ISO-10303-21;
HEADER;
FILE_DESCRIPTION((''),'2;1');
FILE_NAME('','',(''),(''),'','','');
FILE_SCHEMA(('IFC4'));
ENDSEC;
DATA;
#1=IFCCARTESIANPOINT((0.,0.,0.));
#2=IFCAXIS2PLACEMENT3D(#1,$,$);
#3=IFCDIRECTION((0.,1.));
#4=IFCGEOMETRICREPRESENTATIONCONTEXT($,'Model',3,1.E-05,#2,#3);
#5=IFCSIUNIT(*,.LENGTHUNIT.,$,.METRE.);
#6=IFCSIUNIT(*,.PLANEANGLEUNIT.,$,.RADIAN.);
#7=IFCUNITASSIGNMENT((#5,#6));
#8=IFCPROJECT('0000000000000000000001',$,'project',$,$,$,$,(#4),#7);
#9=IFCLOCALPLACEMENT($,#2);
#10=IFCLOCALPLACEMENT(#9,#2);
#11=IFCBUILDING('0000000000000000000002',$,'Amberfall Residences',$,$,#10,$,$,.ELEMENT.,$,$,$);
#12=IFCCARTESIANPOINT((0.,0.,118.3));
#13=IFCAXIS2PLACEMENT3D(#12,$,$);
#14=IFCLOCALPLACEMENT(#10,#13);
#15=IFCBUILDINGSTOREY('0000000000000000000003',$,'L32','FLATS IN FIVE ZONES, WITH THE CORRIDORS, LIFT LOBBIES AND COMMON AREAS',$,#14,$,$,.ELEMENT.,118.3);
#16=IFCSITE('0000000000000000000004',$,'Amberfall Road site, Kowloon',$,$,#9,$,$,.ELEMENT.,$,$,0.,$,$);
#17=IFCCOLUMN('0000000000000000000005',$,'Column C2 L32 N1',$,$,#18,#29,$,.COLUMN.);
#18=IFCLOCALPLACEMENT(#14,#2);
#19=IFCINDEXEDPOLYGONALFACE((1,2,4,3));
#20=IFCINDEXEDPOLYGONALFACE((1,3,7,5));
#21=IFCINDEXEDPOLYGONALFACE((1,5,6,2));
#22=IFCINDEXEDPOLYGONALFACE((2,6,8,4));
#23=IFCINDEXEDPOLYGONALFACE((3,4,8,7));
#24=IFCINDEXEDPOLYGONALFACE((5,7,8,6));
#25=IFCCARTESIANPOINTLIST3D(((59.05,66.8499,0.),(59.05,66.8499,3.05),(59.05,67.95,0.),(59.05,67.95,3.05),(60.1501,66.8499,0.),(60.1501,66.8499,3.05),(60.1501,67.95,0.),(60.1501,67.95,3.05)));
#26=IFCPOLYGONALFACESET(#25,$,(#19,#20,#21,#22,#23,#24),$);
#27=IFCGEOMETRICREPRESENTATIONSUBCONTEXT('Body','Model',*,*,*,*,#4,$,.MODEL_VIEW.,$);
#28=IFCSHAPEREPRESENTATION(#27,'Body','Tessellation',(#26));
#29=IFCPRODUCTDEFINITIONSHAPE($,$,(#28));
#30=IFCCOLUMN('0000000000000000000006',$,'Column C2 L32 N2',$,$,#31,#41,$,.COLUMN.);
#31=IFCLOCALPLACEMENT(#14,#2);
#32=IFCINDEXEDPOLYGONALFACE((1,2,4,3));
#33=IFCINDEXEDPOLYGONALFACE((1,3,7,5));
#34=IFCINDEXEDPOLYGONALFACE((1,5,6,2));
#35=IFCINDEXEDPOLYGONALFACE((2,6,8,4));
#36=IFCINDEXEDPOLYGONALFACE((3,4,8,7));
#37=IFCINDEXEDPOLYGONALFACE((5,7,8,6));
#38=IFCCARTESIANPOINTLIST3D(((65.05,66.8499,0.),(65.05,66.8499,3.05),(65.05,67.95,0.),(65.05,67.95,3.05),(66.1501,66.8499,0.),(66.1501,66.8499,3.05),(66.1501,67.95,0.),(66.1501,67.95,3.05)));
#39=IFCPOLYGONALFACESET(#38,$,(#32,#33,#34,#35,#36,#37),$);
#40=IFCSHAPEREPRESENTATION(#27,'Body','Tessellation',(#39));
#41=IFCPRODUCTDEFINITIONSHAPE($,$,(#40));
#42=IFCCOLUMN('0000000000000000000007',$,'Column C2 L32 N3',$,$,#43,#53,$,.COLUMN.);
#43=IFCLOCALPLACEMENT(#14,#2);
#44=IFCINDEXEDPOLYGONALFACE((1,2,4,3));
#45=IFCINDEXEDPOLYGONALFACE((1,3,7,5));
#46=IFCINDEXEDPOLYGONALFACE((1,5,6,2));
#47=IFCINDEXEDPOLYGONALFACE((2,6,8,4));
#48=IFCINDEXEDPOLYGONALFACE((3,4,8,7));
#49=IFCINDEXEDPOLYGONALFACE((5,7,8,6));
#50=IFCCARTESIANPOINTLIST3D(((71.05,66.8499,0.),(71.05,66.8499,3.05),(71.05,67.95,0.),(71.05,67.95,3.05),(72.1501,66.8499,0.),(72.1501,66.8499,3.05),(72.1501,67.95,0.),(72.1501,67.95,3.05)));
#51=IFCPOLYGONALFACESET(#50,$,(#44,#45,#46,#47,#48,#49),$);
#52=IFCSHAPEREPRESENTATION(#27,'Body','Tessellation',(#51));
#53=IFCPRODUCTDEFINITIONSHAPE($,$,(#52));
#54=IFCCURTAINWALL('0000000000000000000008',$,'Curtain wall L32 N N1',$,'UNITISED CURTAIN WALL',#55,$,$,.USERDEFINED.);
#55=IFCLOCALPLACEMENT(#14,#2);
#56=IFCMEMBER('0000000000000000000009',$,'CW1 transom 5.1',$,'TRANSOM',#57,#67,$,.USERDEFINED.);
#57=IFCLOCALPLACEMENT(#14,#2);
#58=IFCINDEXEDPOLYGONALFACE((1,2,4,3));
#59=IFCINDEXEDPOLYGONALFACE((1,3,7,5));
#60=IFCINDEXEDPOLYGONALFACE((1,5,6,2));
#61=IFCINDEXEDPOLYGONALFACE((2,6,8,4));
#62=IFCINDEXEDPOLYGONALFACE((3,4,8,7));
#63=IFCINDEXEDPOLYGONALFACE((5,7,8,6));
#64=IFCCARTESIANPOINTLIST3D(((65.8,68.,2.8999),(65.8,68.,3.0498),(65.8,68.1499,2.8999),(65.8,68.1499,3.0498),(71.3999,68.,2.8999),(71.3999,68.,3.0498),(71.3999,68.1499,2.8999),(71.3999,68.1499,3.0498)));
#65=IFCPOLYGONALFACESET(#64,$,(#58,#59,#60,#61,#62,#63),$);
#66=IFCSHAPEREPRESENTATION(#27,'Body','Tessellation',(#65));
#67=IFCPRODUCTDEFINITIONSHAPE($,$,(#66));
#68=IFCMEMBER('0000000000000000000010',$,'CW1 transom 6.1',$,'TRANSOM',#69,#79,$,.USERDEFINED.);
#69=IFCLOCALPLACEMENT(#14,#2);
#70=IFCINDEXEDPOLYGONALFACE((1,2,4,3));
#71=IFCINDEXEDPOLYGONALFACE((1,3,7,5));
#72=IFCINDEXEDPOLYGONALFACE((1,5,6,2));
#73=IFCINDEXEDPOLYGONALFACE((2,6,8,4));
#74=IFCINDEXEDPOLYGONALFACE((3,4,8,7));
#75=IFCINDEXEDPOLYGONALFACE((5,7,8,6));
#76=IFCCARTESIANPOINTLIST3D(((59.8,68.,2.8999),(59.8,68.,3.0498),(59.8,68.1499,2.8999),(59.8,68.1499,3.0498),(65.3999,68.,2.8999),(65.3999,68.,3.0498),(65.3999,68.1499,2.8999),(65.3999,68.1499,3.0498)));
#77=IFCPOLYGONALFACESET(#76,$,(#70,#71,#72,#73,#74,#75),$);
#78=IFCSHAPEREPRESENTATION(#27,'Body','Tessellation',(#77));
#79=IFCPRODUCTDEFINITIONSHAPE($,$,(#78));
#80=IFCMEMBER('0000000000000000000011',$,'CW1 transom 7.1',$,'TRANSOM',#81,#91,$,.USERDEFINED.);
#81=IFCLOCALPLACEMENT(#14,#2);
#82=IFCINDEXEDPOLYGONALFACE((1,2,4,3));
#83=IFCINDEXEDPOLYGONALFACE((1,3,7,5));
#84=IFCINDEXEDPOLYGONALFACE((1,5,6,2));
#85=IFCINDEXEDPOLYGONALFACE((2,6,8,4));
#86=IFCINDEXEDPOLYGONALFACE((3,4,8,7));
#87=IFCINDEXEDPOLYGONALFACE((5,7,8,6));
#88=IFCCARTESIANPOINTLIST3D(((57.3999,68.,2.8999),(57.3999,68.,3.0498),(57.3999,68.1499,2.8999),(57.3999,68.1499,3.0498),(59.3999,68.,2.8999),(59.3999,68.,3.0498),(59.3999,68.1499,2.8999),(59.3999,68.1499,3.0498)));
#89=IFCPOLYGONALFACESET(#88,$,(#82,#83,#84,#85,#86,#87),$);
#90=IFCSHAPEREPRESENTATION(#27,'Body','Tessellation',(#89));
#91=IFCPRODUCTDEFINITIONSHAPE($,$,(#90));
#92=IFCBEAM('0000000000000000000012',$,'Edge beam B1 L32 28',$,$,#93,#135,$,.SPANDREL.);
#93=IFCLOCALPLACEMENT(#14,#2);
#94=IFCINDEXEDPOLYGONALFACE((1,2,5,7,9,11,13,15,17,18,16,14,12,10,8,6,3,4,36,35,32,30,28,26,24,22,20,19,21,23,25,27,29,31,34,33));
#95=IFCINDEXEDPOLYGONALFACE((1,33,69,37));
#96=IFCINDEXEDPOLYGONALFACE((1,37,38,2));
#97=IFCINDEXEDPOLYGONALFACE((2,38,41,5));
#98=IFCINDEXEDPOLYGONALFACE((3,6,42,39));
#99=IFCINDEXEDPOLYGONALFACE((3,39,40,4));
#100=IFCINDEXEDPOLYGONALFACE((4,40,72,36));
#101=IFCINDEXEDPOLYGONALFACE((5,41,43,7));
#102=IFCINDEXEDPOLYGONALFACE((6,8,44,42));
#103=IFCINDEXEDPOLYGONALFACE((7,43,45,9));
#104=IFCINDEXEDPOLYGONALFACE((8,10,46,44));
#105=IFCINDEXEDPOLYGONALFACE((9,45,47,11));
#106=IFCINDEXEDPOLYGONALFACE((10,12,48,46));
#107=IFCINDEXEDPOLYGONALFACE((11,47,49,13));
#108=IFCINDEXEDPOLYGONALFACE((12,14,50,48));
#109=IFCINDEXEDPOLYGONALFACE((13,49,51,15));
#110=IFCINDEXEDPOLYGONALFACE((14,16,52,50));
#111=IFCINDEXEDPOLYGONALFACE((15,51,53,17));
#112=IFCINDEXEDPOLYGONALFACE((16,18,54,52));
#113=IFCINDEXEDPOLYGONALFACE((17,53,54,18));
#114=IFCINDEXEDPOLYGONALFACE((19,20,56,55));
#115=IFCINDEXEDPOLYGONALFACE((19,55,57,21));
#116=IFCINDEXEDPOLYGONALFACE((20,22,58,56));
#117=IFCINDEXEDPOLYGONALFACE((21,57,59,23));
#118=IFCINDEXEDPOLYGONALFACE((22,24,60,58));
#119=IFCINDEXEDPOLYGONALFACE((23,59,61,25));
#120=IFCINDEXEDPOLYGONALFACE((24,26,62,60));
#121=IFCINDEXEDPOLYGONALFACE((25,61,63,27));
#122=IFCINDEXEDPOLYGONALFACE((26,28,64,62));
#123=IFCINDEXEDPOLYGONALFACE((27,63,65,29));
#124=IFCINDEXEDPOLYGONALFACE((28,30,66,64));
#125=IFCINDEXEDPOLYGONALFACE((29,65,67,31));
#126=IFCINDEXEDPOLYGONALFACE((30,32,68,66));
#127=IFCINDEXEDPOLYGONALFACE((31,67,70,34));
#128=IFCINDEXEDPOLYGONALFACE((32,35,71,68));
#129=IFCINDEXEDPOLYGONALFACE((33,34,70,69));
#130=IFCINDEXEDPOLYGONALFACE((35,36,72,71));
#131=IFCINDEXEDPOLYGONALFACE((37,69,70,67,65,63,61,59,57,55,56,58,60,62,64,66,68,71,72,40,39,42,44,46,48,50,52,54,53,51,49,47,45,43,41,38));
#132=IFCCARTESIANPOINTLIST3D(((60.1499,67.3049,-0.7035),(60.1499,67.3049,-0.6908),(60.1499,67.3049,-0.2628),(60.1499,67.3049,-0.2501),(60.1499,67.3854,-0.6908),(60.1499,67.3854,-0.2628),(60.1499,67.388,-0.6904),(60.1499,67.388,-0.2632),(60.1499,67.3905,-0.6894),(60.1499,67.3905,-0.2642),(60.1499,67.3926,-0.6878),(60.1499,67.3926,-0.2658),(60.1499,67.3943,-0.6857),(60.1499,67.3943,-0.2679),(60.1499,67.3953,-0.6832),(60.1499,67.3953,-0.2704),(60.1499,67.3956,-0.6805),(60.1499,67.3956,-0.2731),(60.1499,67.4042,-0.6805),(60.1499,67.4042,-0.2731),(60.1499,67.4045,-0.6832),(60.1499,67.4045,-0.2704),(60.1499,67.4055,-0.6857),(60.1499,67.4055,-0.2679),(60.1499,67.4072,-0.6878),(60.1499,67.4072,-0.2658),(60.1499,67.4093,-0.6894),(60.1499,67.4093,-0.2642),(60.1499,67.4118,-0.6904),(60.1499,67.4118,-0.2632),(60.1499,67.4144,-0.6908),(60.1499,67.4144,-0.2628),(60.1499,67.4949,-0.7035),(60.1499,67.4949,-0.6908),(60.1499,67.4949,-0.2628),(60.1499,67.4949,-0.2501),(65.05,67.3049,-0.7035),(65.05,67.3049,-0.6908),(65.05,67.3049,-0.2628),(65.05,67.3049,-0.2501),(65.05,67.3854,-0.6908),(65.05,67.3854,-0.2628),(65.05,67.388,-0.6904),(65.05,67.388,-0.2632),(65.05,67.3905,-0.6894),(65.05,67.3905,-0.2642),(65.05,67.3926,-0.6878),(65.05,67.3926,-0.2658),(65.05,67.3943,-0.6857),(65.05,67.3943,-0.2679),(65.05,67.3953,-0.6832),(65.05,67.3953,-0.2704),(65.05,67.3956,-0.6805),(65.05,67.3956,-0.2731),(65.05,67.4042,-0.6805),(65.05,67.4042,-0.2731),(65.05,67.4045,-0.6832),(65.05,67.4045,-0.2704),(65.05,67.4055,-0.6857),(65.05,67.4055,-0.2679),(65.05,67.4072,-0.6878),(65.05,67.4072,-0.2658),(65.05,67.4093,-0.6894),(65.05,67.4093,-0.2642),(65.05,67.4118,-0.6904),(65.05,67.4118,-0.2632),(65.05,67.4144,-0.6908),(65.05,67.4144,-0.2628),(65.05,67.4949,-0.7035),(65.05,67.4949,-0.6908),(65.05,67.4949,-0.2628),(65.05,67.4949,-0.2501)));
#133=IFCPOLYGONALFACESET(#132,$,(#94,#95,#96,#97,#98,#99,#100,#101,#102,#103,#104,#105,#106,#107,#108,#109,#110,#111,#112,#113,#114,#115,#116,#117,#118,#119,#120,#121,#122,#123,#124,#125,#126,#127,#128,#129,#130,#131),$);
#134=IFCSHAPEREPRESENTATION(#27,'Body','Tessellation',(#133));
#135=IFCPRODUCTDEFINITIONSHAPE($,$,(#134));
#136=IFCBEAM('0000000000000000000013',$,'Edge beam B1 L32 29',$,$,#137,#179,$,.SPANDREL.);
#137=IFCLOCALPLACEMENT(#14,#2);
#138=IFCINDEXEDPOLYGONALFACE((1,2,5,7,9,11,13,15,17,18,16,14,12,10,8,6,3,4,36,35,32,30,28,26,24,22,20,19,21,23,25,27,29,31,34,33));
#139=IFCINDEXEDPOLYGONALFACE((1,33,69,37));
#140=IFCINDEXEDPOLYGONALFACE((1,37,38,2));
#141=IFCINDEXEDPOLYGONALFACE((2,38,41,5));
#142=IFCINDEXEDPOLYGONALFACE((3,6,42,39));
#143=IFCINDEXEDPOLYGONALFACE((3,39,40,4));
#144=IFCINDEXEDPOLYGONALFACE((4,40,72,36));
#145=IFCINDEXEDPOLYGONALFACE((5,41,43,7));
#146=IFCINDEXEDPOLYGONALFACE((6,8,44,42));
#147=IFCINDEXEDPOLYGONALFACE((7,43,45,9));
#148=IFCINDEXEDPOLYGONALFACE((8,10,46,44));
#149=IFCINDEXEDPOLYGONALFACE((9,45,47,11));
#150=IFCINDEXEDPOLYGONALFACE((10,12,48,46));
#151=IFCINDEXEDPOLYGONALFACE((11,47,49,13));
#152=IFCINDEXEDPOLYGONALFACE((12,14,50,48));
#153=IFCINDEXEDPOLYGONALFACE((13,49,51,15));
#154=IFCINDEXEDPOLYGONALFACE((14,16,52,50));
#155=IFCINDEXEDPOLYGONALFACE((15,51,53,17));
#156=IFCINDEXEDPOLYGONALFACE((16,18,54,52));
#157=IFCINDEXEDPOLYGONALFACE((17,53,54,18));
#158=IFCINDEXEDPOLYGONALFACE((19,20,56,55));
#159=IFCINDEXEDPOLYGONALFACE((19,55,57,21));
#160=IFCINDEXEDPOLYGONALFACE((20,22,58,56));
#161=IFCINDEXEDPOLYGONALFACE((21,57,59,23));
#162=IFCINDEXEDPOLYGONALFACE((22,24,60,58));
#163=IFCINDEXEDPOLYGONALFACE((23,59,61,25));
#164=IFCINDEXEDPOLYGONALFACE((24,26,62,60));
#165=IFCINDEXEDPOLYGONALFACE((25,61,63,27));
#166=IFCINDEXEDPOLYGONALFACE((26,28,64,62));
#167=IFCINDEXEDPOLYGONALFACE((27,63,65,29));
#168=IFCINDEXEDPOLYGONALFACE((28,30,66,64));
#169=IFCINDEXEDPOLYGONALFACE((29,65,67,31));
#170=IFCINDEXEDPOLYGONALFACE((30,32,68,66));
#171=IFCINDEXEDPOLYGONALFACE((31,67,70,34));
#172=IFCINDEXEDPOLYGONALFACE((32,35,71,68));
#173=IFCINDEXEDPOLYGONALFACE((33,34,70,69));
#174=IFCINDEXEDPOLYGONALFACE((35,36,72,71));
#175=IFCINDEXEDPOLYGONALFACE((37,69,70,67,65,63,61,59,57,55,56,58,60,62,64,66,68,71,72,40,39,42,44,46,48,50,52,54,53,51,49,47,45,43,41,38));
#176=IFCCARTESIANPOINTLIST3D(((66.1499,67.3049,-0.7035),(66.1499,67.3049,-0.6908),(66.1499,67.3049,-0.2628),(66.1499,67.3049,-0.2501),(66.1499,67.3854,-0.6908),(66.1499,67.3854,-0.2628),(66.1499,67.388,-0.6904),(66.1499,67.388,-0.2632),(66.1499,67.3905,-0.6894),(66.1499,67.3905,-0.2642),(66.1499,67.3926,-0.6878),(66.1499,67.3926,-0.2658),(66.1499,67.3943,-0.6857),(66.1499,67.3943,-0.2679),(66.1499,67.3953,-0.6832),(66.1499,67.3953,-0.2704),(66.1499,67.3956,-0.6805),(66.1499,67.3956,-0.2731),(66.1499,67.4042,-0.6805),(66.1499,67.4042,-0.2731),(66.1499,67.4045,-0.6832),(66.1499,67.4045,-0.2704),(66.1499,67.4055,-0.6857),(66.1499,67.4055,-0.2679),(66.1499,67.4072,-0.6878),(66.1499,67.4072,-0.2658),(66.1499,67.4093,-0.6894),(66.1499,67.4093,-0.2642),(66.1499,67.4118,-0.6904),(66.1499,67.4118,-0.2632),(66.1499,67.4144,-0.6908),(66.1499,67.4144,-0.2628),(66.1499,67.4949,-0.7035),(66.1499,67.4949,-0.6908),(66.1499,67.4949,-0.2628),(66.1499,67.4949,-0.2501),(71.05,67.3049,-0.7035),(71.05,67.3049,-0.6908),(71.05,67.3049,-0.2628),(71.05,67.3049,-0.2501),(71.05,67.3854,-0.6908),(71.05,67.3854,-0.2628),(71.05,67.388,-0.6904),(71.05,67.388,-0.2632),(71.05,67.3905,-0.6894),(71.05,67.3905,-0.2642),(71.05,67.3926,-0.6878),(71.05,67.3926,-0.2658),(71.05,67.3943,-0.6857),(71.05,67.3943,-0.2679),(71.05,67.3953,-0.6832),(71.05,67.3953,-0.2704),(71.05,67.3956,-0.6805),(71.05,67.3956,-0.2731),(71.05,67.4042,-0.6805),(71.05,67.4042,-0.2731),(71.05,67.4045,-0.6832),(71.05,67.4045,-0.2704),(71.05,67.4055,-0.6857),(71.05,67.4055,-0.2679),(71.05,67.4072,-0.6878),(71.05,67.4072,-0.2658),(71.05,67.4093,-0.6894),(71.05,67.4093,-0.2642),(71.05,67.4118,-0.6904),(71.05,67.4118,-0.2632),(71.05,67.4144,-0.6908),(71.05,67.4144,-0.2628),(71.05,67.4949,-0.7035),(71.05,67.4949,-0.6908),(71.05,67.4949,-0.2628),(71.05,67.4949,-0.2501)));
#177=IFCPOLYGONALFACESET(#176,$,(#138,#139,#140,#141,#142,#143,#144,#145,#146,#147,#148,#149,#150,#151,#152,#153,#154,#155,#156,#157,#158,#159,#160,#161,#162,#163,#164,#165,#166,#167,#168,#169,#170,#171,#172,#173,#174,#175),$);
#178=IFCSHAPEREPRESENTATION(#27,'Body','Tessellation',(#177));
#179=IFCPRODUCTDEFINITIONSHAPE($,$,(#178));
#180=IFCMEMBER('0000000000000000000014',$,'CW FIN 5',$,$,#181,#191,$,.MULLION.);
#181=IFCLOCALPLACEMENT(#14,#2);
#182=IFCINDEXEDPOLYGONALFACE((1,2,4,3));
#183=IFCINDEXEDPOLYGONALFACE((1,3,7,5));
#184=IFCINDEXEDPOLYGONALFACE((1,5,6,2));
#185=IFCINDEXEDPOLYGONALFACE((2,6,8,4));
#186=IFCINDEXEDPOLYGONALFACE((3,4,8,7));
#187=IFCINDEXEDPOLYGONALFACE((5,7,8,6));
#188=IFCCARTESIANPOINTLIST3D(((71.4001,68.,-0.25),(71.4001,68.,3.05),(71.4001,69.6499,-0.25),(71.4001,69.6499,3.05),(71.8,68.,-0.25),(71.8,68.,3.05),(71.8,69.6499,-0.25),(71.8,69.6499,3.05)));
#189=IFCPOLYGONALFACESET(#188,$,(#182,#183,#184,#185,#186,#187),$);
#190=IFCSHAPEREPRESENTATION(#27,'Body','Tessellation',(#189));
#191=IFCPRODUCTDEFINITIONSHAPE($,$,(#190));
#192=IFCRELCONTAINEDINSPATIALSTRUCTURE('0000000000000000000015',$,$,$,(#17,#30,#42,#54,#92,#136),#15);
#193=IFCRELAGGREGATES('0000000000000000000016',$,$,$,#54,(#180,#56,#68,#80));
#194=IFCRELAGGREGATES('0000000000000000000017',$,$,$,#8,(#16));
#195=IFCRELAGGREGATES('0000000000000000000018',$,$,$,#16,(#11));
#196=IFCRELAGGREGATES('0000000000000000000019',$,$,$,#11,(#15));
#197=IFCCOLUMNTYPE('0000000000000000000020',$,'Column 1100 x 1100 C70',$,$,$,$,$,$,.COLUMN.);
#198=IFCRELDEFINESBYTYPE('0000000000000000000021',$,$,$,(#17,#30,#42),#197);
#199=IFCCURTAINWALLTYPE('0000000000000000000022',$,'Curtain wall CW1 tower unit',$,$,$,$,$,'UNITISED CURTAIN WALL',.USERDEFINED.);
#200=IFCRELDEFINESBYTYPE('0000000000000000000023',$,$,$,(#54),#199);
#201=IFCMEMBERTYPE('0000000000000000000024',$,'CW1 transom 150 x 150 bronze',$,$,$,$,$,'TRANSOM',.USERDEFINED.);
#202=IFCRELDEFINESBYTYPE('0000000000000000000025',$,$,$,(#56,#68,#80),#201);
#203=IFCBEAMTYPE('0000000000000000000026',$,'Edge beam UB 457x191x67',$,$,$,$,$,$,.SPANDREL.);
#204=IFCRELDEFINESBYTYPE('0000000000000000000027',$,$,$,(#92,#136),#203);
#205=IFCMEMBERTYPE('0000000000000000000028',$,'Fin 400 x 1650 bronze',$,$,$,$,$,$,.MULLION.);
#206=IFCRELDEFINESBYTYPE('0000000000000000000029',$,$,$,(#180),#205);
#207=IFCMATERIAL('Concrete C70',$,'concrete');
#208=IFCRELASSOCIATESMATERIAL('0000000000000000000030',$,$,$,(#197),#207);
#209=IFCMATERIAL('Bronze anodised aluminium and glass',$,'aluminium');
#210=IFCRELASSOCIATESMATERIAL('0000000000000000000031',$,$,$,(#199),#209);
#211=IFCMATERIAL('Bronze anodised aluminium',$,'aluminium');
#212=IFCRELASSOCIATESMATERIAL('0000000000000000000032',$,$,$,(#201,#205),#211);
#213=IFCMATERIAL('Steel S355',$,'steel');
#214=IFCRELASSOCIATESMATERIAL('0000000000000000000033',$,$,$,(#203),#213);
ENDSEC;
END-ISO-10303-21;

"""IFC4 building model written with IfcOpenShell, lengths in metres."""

from ifc_helpers import new_model, si_unit, direction, frame, origin, origin_2d, place, context, subcontext, project, spatial, rectangle, i_section, extrude, material, material_profile, profile_set, type_object, element, aggregate, save


model = new_model("IFC4")

# Units and contexts
model_context = context("Model", 3, precision=1e-05, world=origin(), true_north=direction((0.0, 1.0)))
body_context = subcontext(model_context, "Body", "Model", "MODEL_VIEW")
ifc_project = project(units=[si_unit("LENGTHUNIT", "METRE"), si_unit("PLANEANGLEUNIT", "RADIAN")], contexts=[model_context])

# Site, building, storey
site_placement = place(None, origin())
site = spatial("IfcSite", under=ifc_project, at=site_placement, Name="Amberfall Road site, Kowloon", CompositionType="ELEMENT", RefElevation=0.0)
building_placement = place(site_placement, origin())
building = spatial("IfcBuilding", under=site, at=building_placement, Name="Amberfall Residences", CompositionType="ELEMENT")
storey_placement = place(building_placement, frame((0.0, 0.0, 118.3)))
storey = spatial("IfcBuildingStorey", under=building, at=storey_placement, Name="L32", Description="FLATS IN FIVE ZONES, WITH THE CORRIDORS, LIFT LOBBIES AND COMMON AREAS", CompositionType="ELEMENT", Elevation=118.3)

# Columns
ifc_material_1 = material(Name="Concrete C70", Category="concrete")
ifc_material_profile_1 = material_profile(ifc_material_1, rectangle(XDim=1.1001, YDim=1.1001, at=origin_2d()), Name="Column 1100 x 1100 C70")
ifc_profile_set_1 = profile_set([ifc_material_profile_1], Name="Concrete C70")
column_type = type_object("IfcColumnType", Name="Column 1100 x 1100 C70", PredefinedType="COLUMN", material=ifc_profile_set_1)
for number, where, z_axis, x_axis, name in (
    (1, (59.6001, 67.3999, 0.0), (0.0, 0.0, 1.0), (1.0, 0.0, 0.0), "Column C2 L32 N1"),
    (2, (65.6001, 67.3999, 0.0), (0.0, 0.0, 1.0), (1.0, 0.0, 0.0), "Column C2 L32 N2"),
    (3, (71.6001, 67.3999, 0.0), (0.0, 0.0, 1.0), (1.0, 0.0, 0.0), "Column C2 L32 N3"),
):
    element("IfcColumn", number, at=place(storey_placement, frame(where, z_axis=z_axis, x_axis=x_axis)), inside=storey, type_object=column_type, Name=name, PredefinedType="COLUMN", context=body_context, shape_type="SweptSolid", body=[
        extrude(rectangle(XDim=1.1001, YDim=1.1001, at=origin_2d()), origin(), (0.0, 0.0, 1.0), 3.05),
    ])

# Curtain wall, members
ifc_material_2 = material(Name="Bronze anodised aluminium and glass", Category="aluminium")
curtain_wall_type = type_object("IfcCurtainWallType", Name="Curtain wall CW1 tower unit", ElementType="UNITISED CURTAIN WALL", PredefinedType="USERDEFINED", material=ifc_material_2)
curtain_wall_placement = place(storey_placement, origin())
curtain_wall = element("IfcCurtainWall", 4, at=curtain_wall_placement, inside=storey, type_object=curtain_wall_type, Name="Curtain wall L32 N N1", ObjectType="UNITISED CURTAIN WALL", PredefinedType="USERDEFINED")
ifc_material_3 = material(Name="Bronze anodised aluminium", Category="aluminium")
ifc_material_profile_2 = material_profile(ifc_material_3, rectangle(XDim=0.1499, YDim=0.1499, at=origin_2d()), Name="CW1 transom 150 x 150 bronze")
ifc_profile_set_2 = profile_set([ifc_material_profile_2], Name="Bronze anodised aluminium")
member_type_1 = type_object("IfcMemberType", Name="CW1 transom 150 x 150 bronze", ElementType="TRANSOM", PredefinedType="USERDEFINED", material=ifc_profile_set_2)
member_1_placement = place(storey_placement, frame((71.3999, 68.075, 2.9749), z_axis=(-1.0, 0.0, 0.0), x_axis=(0.0, -1.0, 0.0)))
member_1 = element("IfcMember", 5, at=member_1_placement, type_object=member_type_1, Name="CW1 transom 5.1", ObjectType="TRANSOM", PredefinedType="USERDEFINED", context=body_context, shape_type="SweptSolid", body=[
    extrude(rectangle(XDim=0.1499, YDim=0.1499, at=origin_2d()), origin(), (0.0, 0.0, 1.0), 5.5999),
])
member_2_placement = place(storey_placement, frame((65.3999, 68.075, 2.9749), z_axis=(-1.0, 0.0, 0.0), x_axis=(0.0, -1.0, 0.0)))
member_2 = element("IfcMember", 6, at=member_2_placement, type_object=member_type_1, Name="CW1 transom 6.1", ObjectType="TRANSOM", PredefinedType="USERDEFINED", context=body_context, shape_type="SweptSolid", body=[
    extrude(rectangle(XDim=0.1499, YDim=0.1499, at=origin_2d()), origin(), (0.0, 0.0, 1.0), 5.5999),
])
member_3_placement = place(storey_placement, frame((59.3999, 68.075, 2.9749), z_axis=(-1.0, 0.0, 0.0), x_axis=(0.0, -1.0, 0.0)))
member_3 = element("IfcMember", 7, at=member_3_placement, type_object=member_type_1, Name="CW1 transom 7.1", ObjectType="TRANSOM", PredefinedType="USERDEFINED", context=body_context, shape_type="SweptSolid", body=[
    extrude(rectangle(XDim=0.1499, YDim=0.1499, at=origin_2d()), origin(), (0.0, 0.0, 1.0), 2.0),
])

# Beams
ifc_material_4 = material(Name="Steel S355", Category="steel")
ifc_material_profile_3 = material_profile(ifc_material_4, i_section(OverallWidth=0.1899, OverallDepth=0.4534, WebThickness=0.0085, FlangeThickness=0.0127, FilletRadius=0.0103, at=origin_2d()), Name="UB 457x191x67")
ifc_profile_set_3 = profile_set([ifc_material_profile_3], Name="Steel S355")
beam_type_1 = type_object("IfcBeamType", Name="Edge beam UB 457x191x67", PredefinedType="SPANDREL", material=ifc_profile_set_3)
for number, where, z_axis, x_axis, name in (
    (8, (60.1499, 67.3999, -0.4768), (1.0, 0.0, 0.0), (0.0, 1.0, 0.0), "Edge beam B1 L32 28"),
    (9, (66.1499, 67.3999, -0.4768), (1.0, 0.0, 0.0), (0.0, 1.0, 0.0), "Edge beam B1 L32 29"),
):
    element("IfcBeam", number, at=place(storey_placement, frame(where, z_axis=z_axis, x_axis=x_axis)), inside=storey, type_object=beam_type_1, Name=name, PredefinedType="SPANDREL", context=body_context, shape_type="SweptSolid", body=[
        extrude(i_section(OverallWidth=0.1899, OverallDepth=0.4534, WebThickness=0.0085, FlangeThickness=0.0127, FilletRadius=0.0103, at=origin_2d()), origin(), (0.0, 0.0, 1.0), 4.9001),
    ])

# Member
ifc_material_profile_4 = material_profile(ifc_material_3, rectangle(XDim=1.6499, YDim=0.3999, at=origin_2d()), Name="Fin 400 x 1650 bronze")
ifc_profile_set_4 = profile_set([ifc_material_profile_4], Name="Bronze anodised aluminium")
member_type_2 = type_object("IfcMemberType", Name="Fin 400 x 1650 bronze", PredefinedType="MULLION", material=ifc_profile_set_4)
member_4_placement = place(storey_placement, frame((71.6001, 68.825, -0.25), z_axis=(0.0, 0.0, 1.0), x_axis=(0.0, -1.0, 0.0)))
member_4 = element("IfcMember", 10, at=member_4_placement, type_object=member_type_2, Name="CW FIN 5", PredefinedType="MULLION", context=body_context, shape_type="SweptSolid", body=[
    extrude(rectangle(XDim=1.6499, YDim=0.3999, at=origin_2d()), origin(), (0.0, 0.0, 1.0), 3.3),
])

aggregate(curtain_wall, [member_4, member_1, member_2, member_3])

save(model, "model.ifc")
